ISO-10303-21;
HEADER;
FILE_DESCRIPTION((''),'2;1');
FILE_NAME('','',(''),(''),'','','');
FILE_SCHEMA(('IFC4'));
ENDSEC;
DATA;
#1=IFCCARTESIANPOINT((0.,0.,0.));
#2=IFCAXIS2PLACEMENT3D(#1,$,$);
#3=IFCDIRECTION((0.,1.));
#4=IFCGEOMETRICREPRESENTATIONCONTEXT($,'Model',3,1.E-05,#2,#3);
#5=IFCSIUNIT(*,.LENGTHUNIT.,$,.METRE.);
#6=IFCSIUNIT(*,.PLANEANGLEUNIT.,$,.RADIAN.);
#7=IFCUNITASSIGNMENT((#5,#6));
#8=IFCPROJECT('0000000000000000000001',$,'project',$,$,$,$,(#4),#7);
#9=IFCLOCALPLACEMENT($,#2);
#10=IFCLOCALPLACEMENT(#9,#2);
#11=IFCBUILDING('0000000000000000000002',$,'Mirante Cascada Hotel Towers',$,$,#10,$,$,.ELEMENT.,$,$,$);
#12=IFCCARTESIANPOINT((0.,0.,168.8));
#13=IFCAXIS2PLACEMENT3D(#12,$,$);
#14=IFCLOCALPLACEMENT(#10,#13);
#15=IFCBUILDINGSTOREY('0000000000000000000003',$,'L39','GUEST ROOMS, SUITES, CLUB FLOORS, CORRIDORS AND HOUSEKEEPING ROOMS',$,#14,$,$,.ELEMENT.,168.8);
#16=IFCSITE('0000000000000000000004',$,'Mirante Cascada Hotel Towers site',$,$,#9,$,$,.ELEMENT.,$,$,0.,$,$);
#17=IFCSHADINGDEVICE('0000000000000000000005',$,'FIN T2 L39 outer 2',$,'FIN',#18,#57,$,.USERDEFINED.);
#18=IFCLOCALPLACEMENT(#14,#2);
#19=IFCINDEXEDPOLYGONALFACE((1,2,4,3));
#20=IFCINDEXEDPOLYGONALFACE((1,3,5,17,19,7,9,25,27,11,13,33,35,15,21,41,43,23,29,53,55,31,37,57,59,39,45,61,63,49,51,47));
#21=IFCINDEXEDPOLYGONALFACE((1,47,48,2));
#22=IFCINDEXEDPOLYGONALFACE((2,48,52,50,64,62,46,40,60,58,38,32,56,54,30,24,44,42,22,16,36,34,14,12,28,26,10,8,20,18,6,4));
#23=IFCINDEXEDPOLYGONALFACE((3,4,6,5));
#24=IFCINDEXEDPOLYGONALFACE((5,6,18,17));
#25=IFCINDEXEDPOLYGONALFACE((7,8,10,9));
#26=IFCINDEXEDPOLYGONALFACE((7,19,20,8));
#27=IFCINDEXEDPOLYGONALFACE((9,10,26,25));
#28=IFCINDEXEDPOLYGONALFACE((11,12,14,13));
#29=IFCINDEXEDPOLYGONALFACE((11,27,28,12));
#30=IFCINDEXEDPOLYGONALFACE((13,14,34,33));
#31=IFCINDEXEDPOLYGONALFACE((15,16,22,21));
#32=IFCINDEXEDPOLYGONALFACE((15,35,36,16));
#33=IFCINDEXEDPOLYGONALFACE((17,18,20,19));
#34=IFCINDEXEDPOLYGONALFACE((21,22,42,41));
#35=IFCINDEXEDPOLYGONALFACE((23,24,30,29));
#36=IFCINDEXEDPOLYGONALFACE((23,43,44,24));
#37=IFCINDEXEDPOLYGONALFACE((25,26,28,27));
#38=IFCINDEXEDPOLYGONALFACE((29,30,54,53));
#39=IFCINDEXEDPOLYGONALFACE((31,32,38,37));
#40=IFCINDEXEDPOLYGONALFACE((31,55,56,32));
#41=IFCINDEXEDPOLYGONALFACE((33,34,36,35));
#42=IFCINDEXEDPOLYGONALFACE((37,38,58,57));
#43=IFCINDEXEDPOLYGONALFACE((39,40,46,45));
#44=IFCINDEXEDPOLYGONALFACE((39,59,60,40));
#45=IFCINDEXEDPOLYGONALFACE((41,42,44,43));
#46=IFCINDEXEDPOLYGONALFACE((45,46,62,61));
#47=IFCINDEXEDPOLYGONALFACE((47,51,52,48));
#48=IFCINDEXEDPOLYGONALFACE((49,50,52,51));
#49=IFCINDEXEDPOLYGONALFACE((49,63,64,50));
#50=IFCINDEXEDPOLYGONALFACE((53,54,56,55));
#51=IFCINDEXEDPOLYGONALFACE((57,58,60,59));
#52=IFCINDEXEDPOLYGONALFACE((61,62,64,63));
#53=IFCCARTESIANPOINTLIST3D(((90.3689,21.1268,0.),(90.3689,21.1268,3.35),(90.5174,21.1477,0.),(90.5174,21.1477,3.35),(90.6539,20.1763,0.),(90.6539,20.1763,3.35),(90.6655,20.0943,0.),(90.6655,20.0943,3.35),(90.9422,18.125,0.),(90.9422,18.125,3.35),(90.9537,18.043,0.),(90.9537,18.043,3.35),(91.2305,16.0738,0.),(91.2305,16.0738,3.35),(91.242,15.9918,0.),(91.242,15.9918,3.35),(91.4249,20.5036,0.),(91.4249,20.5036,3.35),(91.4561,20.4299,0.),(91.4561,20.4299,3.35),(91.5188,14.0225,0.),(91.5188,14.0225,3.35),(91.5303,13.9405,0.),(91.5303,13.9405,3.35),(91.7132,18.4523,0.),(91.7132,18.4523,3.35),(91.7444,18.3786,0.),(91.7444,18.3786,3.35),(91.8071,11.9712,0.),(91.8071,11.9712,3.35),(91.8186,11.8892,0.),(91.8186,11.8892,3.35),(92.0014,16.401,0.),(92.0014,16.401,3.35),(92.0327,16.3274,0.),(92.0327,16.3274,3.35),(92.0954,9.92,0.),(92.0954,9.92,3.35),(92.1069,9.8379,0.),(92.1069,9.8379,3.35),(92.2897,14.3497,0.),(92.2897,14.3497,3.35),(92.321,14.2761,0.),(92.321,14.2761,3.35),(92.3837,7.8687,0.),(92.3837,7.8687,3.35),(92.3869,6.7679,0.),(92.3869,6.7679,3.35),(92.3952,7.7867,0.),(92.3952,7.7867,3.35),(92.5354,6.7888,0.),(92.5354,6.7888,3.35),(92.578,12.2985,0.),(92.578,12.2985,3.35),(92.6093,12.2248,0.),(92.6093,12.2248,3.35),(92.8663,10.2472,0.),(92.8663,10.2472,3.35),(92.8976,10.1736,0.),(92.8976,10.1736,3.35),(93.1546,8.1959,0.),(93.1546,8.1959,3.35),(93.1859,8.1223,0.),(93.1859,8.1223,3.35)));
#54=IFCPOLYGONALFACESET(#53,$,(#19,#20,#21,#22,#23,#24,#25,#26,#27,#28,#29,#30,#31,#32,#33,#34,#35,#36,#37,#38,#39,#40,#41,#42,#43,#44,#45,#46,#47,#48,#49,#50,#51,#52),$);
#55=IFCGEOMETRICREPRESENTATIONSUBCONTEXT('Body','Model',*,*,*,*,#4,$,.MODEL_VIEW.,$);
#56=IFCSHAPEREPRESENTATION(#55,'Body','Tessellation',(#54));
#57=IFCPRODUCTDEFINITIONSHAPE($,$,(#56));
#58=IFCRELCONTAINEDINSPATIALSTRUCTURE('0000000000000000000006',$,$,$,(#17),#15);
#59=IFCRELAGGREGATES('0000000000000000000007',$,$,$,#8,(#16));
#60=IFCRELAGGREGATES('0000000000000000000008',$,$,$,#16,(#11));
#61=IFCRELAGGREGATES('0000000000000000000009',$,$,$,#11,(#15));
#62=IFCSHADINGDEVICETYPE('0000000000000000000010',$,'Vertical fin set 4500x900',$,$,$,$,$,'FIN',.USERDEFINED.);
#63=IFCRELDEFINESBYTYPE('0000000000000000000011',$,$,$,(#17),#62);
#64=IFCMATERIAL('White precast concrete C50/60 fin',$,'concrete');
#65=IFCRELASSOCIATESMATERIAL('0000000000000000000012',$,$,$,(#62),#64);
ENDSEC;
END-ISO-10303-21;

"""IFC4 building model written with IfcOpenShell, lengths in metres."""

from ifc_helpers import new_model, si_unit, direction, frame, origin, place, context, subcontext, project, spatial, polyline, outline, extrude, material, type_object, element, save


model = new_model("IFC4")

# Units and contexts
model_context = context("Model", 3, precision=1e-05, world=origin(), true_north=direction((0.0, 1.0)))
body_context = subcontext(model_context, "Body", "Model", "MODEL_VIEW")
ifc_project = project(units=[si_unit("LENGTHUNIT", "METRE"), si_unit("PLANEANGLEUNIT", "RADIAN")], contexts=[model_context])

# Site, building, storey
site_placement = place(None, origin())
site = spatial("IfcSite", under=ifc_project, at=site_placement, Name="Mirante Cascada Hotel Towers site", CompositionType="ELEMENT", RefElevation=0.0)
building_placement = place(site_placement, origin())
building = spatial("IfcBuilding", under=site, at=building_placement, Name="Mirante Cascada Hotel Towers", CompositionType="ELEMENT")
storey_placement = place(building_placement, frame((0.0, 0.0, 168.8)))
storey = spatial("IfcBuildingStorey", under=building, at=storey_placement, Name="L39", Description="GUEST ROOMS, SUITES, CLUB FLOORS, CORRIDORS AND HOUSEKEEPING ROOMS", CompositionType="ELEMENT", Elevation=168.8)

# Shading device
ifc_material_1 = material(Name="White precast concrete C50/60 fin", Category="concrete")
shading_device_type = type_object("IfcShadingDeviceType", Name="Vertical fin set 4500x900", ElementType="FIN", PredefinedType="USERDEFINED", material=ifc_material_1)
shading_device_placement = place(storey_placement, origin())
element("IfcShadingDevice", 1, at=shading_device_placement, inside=storey, type_object=shading_device_type, Name="FIN T2 L39 outer 2", ObjectType="FIN", PredefinedType="USERDEFINED", context=body_context, shape_type="SweptSolid", body=[
    extrude(outline(polyline([(93.1859, 8.1223), (92.3952, 7.7867), (92.5354, 6.7888), (92.3869, 6.7679), (90.3689, 21.1268), (90.5174, 21.1477), (90.6539, 20.1763), (91.4249, 20.5036), (91.4561, 20.4299), (90.6655, 20.0943), (90.9422, 18.125), (91.7132, 18.4523), (91.7444, 18.3786), (90.9537, 18.043), (91.2305, 16.0738), (92.0014, 16.401), (92.0327, 16.3274), (91.242, 15.9918), (91.5188, 14.0225), (92.2897, 14.3497), (92.321, 14.2761), (91.5303, 13.9405), (91.8071, 11.9712), (92.578, 12.2985), (92.6093, 12.2248), (91.8186, 11.8892), (92.0954, 9.92), (92.8663, 10.2472), (92.8976, 10.1736), (92.1069, 9.8379), (92.3837, 7.8687), (93.1546, 8.1959), (93.1859, 8.1223)])), origin(), (0.0, 0.0, 1.0), 3.35),
])

save(model, "model.ifc")
